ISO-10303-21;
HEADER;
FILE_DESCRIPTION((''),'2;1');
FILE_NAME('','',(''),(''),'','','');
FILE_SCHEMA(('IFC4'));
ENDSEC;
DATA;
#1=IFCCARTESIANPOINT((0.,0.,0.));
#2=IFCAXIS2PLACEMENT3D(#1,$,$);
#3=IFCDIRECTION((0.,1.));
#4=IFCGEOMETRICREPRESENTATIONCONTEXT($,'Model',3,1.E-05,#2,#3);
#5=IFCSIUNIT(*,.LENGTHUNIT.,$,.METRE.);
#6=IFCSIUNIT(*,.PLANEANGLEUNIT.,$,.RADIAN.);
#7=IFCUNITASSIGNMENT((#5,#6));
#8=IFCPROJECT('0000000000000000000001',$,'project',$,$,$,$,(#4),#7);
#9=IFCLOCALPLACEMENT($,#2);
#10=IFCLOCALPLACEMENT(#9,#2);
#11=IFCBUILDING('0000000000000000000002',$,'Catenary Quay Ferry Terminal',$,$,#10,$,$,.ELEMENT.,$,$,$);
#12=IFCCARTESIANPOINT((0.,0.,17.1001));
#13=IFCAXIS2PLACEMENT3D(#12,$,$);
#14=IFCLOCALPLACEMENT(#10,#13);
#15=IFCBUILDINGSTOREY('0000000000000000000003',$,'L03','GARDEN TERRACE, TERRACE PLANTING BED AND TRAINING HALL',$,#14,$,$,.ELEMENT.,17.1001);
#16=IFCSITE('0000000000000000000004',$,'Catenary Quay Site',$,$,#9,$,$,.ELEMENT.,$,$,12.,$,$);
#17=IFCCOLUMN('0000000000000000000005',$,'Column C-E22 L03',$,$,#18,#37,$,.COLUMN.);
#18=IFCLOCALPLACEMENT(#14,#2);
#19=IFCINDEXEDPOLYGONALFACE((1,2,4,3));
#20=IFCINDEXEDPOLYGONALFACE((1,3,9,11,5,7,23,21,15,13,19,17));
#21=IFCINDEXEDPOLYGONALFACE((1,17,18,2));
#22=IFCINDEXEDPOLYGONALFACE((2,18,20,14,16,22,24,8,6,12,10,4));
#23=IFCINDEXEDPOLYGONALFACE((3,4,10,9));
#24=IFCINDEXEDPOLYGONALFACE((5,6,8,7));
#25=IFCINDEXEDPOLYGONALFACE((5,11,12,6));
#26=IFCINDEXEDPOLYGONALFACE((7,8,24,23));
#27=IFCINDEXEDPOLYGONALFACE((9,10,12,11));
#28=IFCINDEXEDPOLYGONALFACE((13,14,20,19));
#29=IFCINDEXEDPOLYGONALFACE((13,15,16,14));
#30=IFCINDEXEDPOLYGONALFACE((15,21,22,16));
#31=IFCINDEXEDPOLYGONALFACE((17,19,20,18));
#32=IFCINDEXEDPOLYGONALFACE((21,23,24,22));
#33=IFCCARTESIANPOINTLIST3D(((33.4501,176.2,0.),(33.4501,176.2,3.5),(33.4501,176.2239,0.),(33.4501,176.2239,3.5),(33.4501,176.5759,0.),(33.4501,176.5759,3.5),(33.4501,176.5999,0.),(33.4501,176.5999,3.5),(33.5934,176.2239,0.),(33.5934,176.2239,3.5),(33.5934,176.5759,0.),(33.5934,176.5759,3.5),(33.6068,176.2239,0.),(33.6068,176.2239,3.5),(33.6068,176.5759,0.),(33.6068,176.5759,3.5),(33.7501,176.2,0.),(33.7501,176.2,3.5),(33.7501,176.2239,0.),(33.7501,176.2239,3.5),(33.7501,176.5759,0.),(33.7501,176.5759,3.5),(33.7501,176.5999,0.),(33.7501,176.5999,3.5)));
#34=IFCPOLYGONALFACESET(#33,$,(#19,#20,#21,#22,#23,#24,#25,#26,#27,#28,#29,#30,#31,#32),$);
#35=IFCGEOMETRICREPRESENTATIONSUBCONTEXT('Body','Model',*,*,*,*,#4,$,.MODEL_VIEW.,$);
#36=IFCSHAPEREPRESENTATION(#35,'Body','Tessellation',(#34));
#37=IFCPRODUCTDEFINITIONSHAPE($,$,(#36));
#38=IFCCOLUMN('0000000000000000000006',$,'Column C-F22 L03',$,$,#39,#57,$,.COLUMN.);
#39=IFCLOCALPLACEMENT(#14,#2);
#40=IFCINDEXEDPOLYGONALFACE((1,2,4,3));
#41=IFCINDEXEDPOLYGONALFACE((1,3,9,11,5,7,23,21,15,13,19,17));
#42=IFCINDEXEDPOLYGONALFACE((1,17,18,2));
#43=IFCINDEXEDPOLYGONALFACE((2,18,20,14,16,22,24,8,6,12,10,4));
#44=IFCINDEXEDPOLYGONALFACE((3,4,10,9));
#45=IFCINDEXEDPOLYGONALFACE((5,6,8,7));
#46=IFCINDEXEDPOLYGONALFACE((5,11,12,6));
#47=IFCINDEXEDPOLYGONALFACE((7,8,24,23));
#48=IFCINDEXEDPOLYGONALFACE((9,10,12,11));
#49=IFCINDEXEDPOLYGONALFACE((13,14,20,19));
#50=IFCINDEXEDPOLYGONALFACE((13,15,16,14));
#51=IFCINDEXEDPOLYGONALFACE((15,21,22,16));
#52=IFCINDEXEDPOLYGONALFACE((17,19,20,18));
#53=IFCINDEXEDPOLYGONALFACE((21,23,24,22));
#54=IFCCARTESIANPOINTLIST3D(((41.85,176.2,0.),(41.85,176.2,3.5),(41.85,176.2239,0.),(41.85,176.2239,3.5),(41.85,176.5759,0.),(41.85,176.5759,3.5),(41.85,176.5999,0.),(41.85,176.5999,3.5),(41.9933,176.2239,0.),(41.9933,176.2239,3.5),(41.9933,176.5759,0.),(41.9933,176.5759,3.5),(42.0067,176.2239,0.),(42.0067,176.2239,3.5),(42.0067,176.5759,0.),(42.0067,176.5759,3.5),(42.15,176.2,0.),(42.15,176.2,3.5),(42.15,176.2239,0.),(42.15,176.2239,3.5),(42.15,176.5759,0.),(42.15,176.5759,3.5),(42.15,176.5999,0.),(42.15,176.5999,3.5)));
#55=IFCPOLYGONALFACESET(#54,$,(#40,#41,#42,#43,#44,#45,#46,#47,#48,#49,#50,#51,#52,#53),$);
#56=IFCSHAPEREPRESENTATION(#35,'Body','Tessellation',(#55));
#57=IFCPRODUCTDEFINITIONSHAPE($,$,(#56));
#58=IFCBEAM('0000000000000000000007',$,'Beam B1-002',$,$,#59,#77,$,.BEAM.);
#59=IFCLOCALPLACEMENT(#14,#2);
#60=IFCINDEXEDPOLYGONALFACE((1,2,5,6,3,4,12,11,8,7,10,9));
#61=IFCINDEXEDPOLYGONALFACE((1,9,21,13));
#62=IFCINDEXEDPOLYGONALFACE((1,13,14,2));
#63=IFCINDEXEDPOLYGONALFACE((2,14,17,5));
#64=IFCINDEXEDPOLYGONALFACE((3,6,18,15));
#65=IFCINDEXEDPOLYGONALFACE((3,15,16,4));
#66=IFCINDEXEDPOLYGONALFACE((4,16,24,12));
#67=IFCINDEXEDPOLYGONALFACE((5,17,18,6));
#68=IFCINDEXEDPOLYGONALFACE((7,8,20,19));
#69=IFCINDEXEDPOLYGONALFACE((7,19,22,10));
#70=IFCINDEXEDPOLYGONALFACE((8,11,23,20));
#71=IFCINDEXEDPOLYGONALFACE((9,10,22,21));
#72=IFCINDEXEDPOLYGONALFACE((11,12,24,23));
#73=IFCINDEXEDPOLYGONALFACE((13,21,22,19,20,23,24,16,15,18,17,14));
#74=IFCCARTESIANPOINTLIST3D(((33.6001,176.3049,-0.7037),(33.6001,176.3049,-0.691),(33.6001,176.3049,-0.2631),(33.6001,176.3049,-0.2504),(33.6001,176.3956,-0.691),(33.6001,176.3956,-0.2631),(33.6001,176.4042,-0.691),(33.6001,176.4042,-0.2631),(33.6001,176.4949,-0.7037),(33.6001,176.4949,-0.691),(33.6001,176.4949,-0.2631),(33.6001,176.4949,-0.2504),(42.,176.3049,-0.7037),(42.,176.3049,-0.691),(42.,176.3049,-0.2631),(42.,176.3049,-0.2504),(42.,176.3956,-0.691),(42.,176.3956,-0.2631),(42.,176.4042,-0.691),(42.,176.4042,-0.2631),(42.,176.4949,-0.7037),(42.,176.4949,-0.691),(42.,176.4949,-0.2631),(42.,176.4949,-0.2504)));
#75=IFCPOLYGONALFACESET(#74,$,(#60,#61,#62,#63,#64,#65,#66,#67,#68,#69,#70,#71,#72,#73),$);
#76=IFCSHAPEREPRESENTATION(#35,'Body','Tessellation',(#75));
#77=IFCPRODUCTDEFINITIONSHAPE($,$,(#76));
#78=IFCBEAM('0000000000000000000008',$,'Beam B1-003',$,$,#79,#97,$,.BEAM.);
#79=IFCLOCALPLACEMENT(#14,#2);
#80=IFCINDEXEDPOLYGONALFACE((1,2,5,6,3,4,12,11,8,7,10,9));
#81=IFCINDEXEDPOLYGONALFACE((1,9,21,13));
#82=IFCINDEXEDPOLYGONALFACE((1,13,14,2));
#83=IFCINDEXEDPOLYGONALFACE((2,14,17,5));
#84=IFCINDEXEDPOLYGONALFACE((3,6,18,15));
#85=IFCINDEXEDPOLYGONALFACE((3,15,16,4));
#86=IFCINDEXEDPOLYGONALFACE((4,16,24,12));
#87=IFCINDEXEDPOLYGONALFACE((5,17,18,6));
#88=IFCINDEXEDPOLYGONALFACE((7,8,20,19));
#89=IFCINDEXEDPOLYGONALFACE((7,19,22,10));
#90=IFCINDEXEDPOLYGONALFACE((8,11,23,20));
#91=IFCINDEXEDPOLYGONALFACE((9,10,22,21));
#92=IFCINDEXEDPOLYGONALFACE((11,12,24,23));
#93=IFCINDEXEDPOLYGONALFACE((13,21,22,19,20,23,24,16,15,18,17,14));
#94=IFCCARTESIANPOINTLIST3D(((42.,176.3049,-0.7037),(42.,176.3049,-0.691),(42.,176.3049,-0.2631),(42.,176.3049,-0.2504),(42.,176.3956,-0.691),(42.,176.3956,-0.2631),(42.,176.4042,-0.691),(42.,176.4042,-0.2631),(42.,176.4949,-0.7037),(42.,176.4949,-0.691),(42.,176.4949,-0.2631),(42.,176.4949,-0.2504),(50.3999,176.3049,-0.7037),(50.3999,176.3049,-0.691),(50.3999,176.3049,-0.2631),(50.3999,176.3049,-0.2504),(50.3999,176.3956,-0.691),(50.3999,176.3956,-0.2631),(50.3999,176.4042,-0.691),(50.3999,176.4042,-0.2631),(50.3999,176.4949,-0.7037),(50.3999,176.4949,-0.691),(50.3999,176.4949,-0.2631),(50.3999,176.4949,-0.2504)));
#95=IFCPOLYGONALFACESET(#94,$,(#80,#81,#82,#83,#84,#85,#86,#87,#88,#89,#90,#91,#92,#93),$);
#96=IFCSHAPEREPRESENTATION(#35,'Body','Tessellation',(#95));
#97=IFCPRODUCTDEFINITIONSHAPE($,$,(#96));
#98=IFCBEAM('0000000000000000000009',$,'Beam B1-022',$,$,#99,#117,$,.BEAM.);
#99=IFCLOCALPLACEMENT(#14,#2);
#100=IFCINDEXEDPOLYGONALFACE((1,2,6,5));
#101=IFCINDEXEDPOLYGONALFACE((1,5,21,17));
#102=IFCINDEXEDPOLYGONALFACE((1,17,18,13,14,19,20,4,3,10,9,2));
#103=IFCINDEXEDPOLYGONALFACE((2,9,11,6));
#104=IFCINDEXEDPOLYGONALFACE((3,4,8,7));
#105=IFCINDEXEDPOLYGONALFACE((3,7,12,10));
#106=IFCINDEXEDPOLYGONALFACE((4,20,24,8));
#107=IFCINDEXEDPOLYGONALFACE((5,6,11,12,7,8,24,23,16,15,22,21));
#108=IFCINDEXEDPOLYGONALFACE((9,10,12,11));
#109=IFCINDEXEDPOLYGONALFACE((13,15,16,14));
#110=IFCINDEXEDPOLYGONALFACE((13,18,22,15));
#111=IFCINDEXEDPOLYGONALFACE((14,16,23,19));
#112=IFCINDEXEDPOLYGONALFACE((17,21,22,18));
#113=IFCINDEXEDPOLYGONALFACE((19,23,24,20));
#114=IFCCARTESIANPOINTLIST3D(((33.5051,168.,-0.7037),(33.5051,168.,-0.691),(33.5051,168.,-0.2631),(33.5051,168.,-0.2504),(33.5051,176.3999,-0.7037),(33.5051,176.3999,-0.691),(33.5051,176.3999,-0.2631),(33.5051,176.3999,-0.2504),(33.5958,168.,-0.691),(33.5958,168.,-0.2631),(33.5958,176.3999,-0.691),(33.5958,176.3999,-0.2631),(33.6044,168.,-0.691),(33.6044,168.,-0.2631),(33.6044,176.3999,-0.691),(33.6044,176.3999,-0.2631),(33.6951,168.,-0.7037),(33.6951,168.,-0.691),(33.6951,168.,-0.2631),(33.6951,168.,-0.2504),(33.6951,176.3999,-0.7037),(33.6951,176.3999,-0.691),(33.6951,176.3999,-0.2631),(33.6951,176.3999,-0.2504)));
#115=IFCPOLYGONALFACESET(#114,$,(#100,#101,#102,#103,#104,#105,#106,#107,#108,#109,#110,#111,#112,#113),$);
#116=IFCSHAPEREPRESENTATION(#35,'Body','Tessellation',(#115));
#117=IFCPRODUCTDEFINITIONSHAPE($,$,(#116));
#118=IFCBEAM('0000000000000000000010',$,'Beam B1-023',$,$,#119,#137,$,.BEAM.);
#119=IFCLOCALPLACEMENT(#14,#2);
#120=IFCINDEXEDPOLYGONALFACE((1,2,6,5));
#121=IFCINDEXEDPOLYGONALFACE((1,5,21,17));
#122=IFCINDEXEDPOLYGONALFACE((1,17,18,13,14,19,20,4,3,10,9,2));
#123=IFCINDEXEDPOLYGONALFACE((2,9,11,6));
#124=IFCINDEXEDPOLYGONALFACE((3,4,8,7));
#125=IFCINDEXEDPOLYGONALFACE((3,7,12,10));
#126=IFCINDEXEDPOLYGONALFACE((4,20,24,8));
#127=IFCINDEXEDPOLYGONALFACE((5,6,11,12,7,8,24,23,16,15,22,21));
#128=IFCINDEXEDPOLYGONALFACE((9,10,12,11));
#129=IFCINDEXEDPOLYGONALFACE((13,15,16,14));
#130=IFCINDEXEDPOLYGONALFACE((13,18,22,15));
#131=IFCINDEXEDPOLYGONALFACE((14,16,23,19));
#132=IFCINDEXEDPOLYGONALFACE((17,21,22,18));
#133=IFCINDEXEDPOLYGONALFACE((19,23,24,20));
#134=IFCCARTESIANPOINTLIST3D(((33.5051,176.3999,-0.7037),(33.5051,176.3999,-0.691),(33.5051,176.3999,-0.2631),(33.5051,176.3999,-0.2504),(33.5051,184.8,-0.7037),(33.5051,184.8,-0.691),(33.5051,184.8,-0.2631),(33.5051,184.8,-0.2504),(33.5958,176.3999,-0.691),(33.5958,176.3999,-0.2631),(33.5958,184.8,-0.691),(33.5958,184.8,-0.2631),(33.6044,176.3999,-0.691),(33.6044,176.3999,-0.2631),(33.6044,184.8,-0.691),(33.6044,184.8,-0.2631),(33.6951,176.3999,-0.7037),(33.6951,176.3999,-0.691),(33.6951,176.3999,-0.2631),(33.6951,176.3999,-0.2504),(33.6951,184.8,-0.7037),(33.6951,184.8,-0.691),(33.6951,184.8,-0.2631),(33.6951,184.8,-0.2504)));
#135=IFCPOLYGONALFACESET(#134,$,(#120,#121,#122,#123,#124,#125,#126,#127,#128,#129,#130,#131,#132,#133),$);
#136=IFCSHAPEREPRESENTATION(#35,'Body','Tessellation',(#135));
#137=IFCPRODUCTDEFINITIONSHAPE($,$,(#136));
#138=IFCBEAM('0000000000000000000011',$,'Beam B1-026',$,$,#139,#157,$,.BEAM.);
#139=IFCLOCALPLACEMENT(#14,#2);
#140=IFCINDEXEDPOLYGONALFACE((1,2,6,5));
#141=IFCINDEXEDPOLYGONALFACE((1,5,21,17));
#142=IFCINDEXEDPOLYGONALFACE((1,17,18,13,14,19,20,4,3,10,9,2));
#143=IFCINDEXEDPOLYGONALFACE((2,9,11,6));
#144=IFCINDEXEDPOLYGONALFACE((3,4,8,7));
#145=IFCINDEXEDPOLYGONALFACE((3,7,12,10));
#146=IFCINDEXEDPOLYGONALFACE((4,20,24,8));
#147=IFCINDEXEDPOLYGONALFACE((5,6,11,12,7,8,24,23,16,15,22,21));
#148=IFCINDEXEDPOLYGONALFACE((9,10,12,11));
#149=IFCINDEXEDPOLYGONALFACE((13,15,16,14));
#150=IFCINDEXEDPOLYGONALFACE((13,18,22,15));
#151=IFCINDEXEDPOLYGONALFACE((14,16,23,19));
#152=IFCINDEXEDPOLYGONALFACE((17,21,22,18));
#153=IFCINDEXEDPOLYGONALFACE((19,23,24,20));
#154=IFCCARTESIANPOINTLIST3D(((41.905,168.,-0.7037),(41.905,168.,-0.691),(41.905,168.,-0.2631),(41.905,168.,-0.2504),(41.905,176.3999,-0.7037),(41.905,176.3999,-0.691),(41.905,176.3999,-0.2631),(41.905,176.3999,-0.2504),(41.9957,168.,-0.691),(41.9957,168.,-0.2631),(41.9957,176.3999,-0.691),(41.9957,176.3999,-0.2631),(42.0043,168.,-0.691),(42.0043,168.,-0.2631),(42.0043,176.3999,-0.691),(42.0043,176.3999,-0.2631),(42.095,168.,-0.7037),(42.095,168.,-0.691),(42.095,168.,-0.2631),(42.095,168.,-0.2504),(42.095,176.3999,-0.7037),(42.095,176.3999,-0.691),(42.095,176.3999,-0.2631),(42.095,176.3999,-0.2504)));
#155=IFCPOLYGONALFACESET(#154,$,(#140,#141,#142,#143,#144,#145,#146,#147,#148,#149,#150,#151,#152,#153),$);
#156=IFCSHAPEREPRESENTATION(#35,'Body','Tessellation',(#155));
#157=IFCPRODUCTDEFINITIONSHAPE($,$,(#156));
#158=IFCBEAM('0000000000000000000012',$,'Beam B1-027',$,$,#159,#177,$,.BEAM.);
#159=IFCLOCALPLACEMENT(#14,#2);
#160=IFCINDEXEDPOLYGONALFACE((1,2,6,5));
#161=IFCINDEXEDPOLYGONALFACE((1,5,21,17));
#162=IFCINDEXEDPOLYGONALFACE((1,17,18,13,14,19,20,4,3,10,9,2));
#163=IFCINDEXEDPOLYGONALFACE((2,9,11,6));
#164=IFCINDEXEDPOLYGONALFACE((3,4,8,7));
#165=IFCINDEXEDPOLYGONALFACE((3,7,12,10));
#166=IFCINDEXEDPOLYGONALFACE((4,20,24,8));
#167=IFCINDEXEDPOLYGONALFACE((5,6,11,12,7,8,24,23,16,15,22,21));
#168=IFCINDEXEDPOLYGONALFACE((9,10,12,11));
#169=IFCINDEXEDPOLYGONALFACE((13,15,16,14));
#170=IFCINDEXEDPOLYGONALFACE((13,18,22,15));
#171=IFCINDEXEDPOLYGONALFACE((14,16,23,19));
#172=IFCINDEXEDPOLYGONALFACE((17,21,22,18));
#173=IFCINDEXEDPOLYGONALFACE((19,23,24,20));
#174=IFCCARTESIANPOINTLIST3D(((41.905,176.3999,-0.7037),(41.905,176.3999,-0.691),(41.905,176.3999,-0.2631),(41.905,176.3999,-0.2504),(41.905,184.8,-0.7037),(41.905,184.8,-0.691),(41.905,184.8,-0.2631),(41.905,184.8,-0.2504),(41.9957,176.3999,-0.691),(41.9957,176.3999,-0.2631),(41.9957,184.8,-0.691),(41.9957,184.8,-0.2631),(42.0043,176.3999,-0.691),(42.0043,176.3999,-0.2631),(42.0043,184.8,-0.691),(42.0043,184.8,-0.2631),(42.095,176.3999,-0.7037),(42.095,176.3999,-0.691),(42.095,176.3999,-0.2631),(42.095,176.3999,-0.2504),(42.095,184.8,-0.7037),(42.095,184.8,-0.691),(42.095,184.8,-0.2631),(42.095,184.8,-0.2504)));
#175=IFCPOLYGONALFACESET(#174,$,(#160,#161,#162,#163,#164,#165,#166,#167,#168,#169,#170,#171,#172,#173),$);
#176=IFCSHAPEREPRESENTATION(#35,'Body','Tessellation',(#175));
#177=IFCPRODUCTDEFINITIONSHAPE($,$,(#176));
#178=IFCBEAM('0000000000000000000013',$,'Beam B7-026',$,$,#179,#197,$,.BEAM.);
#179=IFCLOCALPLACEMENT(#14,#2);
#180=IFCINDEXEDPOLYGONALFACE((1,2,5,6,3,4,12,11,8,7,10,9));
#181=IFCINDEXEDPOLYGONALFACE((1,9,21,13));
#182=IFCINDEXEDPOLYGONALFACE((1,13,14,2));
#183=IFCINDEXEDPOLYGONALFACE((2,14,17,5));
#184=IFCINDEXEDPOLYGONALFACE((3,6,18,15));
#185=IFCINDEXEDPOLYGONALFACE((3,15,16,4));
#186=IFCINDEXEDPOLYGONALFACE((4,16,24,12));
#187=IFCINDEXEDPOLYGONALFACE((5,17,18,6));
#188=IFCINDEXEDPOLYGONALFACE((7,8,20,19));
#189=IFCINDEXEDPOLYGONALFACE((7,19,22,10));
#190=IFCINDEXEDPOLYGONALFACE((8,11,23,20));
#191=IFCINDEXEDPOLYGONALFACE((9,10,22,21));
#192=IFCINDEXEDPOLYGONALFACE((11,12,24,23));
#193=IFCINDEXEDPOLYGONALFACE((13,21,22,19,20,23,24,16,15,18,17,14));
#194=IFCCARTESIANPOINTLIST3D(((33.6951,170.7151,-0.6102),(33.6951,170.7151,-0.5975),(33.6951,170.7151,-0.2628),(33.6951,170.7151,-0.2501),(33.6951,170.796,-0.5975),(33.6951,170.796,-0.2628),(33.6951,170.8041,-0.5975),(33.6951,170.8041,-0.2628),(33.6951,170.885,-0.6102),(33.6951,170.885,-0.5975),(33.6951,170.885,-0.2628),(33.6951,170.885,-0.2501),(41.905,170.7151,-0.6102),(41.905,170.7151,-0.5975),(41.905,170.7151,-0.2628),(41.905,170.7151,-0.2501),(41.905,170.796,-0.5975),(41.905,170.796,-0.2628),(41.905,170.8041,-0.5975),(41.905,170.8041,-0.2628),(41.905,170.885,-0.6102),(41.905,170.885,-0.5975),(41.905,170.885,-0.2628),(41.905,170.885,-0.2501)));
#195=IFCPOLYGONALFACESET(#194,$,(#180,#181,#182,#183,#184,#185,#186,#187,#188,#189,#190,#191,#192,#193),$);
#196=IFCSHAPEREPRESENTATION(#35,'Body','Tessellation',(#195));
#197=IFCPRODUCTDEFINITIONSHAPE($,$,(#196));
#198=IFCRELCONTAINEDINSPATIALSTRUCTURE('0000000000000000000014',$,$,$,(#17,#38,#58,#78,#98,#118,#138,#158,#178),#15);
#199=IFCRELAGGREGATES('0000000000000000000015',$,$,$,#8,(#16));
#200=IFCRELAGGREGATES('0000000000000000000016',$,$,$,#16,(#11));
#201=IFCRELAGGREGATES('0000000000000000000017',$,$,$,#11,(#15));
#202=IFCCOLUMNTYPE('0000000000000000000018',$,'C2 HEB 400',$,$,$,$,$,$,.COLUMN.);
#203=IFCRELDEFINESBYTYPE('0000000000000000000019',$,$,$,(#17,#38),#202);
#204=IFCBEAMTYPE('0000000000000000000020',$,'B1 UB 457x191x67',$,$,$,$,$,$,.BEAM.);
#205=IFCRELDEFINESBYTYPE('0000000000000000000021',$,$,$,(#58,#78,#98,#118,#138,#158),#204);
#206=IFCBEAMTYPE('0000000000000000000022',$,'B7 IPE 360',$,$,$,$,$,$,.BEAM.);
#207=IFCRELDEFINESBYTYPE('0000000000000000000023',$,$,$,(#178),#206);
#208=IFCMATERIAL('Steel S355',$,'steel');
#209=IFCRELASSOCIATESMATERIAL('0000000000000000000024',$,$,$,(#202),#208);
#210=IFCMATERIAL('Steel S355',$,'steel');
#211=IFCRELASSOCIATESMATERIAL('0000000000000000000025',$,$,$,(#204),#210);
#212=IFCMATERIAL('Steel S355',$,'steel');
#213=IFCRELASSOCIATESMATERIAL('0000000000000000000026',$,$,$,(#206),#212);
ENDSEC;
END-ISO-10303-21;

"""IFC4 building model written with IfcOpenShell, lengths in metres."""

from ifc_helpers import new_model, si_unit, direction, frame, origin, origin_2d, place, context, subcontext, project, spatial, i_section, extrude, material, material_profile, profile_set, type_object, element, save


model = new_model("IFC4")

# Units and contexts
model_context = context("Model", 3, precision=1e-05, world=origin(), true_north=direction((0.0, 1.0)))
body_context = subcontext(model_context, "Body", "Model", "MODEL_VIEW")
ifc_project = project(units=[si_unit("LENGTHUNIT", "METRE"), si_unit("PLANEANGLEUNIT", "RADIAN")], contexts=[model_context])

# Site, building, storey
site_placement = place(None, origin())
site = spatial("IfcSite", under=ifc_project, at=site_placement, Name="Catenary Quay Site", CompositionType="ELEMENT", RefElevation=12.0)
building_placement = place(site_placement, origin())
building = spatial("IfcBuilding", under=site, at=building_placement, Name="Catenary Quay Ferry Terminal", CompositionType="ELEMENT")
storey_placement = place(building_placement, frame((0.0, 0.0, 17.1001)))
storey = spatial("IfcBuildingStorey", under=building, at=storey_placement, Name="L03", Description="GARDEN TERRACE, TERRACE PLANTING BED AND TRAINING HALL", CompositionType="ELEMENT", Elevation=17.1001)

# Columns
ifc_material_1 = material(Name="Steel S355", Category="steel")
ifc_material_profile_1 = material_profile(ifc_material_1, i_section(OverallWidth=0.3, OverallDepth=0.3999, WebThickness=0.0134, FlangeThickness=0.0239, at=origin_2d()), Name="HEB 400")
ifc_profile_set_1 = profile_set([ifc_material_profile_1], Name="Steel S355")
column_type = type_object("IfcColumnType", Name="C2 HEB 400", PredefinedType="COLUMN", material=ifc_profile_set_1)
for number, where, z_axis, x_axis, name in (
    (1, (33.6001, 176.3999, 0.0), (0.0, 0.0, 1.0), (1.0, 0.0, 0.0), "Column C-E22 L03"),
    (2, (42.0, 176.3999, 0.0), (0.0, 0.0, 1.0), (1.0, 0.0, 0.0), "Column C-F22 L03"),
):
    element("IfcColumn", number, at=place(storey_placement, frame(where, z_axis=z_axis, x_axis=x_axis)), inside=storey, type_object=column_type, Name=name, PredefinedType="COLUMN", context=body_context, shape_type="SweptSolid", body=[
        extrude(i_section(OverallWidth=0.3, OverallDepth=0.3999, WebThickness=0.0134, FlangeThickness=0.0239, at=origin_2d()), origin(), (0.0, 0.0, 1.0), 3.5),
    ])

# Beams
ifc_material_2 = material(Name="Steel S355", Category="steel")
ifc_material_profile_2 = material_profile(ifc_material_2, i_section(OverallWidth=0.1899, OverallDepth=0.4534, WebThickness=0.0085, FlangeThickness=0.0127, at=origin_2d()), Name="UB 457x191x67")
ifc_profile_set_2 = profile_set([ifc_material_profile_2], Name="Steel S355")
beam_type_1 = type_object("IfcBeamType", Name="B1 UB 457x191x67", PredefinedType="BEAM", material=ifc_profile_set_2)
for number, where, z_axis, x_axis, name in (
    (3, (33.6001, 176.3999, -0.4771), (1.0, 0.0, 0.0), (0.0, 1.0, 0.0), "Beam B1-002"),
    (4, (42.0, 176.3999, -0.4771), (1.0, 0.0, 0.0), (0.0, 1.0, 0.0), "Beam B1-003"),
    (5, (33.6001, 168.0, -0.4771), (0.0, 1.0, 0.0), (-1.0, 0.0, 0.0), "Beam B1-022"),
):
    element("IfcBeam", number, at=place(storey_placement, frame(where, z_axis=z_axis, x_axis=x_axis)), inside=storey, type_object=beam_type_1, Name=name, PredefinedType="BEAM", context=body_context, shape_type="SweptSolid", body=[
        extrude(i_section(OverallWidth=0.1899, OverallDepth=0.4534, WebThickness=0.0085, FlangeThickness=0.0127, at=origin_2d()), origin(), (0.0, 0.0, 1.0), 8.3999),
    ])
beam_1_placement = place(storey_placement, frame((33.6001, 176.3999, -0.4771), z_axis=(0.0, 1.0, 0.0), x_axis=(-1.0, 0.0, 0.0)))
element("IfcBeam", 6, at=beam_1_placement, inside=storey, type_object=beam_type_1, Name="Beam B1-023", PredefinedType="BEAM", context=body_context, shape_type="SweptSolid", body=[
    extrude(i_section(OverallWidth=0.1899, OverallDepth=0.4534, WebThickness=0.0085, FlangeThickness=0.0127, at=origin_2d()), origin(), (0.0, 0.0, 1.0), 8.4001),
])
beam_2_placement = place(storey_placement, frame((42.0, 168.0, -0.4771), z_axis=(0.0, 1.0, 0.0), x_axis=(-1.0, 0.0, 0.0)))
element("IfcBeam", 7, at=beam_2_placement, inside=storey, type_object=beam_type_1, Name="Beam B1-026", PredefinedType="BEAM", context=body_context, shape_type="SweptSolid", body=[
    extrude(i_section(OverallWidth=0.1899, OverallDepth=0.4534, WebThickness=0.0085, FlangeThickness=0.0127, at=origin_2d()), origin(), (0.0, 0.0, 1.0), 8.3999),
])
beam_3_placement = place(storey_placement, frame((42.0, 176.3999, -0.4771), z_axis=(0.0, 1.0, 0.0), x_axis=(-1.0, 0.0, 0.0)))
element("IfcBeam", 8, at=beam_3_placement, inside=storey, type_object=beam_type_1, Name="Beam B1-027", PredefinedType="BEAM", context=body_context, shape_type="SweptSolid", body=[
    extrude(i_section(OverallWidth=0.1899, OverallDepth=0.4534, WebThickness=0.0085, FlangeThickness=0.0127, at=origin_2d()), origin(), (0.0, 0.0, 1.0), 8.4001),
])
ifc_material_3 = material(Name="Steel S355", Category="steel")
ifc_material_profile_3 = material_profile(ifc_material_3, i_section(OverallWidth=0.1699, OverallDepth=0.3601, WebThickness=0.0081, FlangeThickness=0.0127, at=origin_2d()), Name="IPE 360")
ifc_profile_set_3 = profile_set([ifc_material_profile_3], Name="Steel S355")
beam_type_2 = type_object("IfcBeamType", Name="B7 IPE 360", PredefinedType="BEAM", material=ifc_profile_set_3)
for number, where, z_axis, x_axis, name in (
    (9, (33.6951, 170.8, -0.4302), (1.0, 0.0, 0.0), (0.0, 1.0, 0.0), "Beam B7-026"),
):
    element("IfcBeam", number, at=place(storey_placement, frame(where, z_axis=z_axis, x_axis=x_axis)), inside=storey, type_object=beam_type_2, Name=name, PredefinedType="BEAM", context=body_context, shape_type="SweptSolid", body=[
        extrude(i_section(OverallWidth=0.1699, OverallDepth=0.3601, WebThickness=0.0081, FlangeThickness=0.0127, at=origin_2d()), origin(), (0.0, 0.0, 1.0), 8.21),
    ])

save(model, "model.ifc")
